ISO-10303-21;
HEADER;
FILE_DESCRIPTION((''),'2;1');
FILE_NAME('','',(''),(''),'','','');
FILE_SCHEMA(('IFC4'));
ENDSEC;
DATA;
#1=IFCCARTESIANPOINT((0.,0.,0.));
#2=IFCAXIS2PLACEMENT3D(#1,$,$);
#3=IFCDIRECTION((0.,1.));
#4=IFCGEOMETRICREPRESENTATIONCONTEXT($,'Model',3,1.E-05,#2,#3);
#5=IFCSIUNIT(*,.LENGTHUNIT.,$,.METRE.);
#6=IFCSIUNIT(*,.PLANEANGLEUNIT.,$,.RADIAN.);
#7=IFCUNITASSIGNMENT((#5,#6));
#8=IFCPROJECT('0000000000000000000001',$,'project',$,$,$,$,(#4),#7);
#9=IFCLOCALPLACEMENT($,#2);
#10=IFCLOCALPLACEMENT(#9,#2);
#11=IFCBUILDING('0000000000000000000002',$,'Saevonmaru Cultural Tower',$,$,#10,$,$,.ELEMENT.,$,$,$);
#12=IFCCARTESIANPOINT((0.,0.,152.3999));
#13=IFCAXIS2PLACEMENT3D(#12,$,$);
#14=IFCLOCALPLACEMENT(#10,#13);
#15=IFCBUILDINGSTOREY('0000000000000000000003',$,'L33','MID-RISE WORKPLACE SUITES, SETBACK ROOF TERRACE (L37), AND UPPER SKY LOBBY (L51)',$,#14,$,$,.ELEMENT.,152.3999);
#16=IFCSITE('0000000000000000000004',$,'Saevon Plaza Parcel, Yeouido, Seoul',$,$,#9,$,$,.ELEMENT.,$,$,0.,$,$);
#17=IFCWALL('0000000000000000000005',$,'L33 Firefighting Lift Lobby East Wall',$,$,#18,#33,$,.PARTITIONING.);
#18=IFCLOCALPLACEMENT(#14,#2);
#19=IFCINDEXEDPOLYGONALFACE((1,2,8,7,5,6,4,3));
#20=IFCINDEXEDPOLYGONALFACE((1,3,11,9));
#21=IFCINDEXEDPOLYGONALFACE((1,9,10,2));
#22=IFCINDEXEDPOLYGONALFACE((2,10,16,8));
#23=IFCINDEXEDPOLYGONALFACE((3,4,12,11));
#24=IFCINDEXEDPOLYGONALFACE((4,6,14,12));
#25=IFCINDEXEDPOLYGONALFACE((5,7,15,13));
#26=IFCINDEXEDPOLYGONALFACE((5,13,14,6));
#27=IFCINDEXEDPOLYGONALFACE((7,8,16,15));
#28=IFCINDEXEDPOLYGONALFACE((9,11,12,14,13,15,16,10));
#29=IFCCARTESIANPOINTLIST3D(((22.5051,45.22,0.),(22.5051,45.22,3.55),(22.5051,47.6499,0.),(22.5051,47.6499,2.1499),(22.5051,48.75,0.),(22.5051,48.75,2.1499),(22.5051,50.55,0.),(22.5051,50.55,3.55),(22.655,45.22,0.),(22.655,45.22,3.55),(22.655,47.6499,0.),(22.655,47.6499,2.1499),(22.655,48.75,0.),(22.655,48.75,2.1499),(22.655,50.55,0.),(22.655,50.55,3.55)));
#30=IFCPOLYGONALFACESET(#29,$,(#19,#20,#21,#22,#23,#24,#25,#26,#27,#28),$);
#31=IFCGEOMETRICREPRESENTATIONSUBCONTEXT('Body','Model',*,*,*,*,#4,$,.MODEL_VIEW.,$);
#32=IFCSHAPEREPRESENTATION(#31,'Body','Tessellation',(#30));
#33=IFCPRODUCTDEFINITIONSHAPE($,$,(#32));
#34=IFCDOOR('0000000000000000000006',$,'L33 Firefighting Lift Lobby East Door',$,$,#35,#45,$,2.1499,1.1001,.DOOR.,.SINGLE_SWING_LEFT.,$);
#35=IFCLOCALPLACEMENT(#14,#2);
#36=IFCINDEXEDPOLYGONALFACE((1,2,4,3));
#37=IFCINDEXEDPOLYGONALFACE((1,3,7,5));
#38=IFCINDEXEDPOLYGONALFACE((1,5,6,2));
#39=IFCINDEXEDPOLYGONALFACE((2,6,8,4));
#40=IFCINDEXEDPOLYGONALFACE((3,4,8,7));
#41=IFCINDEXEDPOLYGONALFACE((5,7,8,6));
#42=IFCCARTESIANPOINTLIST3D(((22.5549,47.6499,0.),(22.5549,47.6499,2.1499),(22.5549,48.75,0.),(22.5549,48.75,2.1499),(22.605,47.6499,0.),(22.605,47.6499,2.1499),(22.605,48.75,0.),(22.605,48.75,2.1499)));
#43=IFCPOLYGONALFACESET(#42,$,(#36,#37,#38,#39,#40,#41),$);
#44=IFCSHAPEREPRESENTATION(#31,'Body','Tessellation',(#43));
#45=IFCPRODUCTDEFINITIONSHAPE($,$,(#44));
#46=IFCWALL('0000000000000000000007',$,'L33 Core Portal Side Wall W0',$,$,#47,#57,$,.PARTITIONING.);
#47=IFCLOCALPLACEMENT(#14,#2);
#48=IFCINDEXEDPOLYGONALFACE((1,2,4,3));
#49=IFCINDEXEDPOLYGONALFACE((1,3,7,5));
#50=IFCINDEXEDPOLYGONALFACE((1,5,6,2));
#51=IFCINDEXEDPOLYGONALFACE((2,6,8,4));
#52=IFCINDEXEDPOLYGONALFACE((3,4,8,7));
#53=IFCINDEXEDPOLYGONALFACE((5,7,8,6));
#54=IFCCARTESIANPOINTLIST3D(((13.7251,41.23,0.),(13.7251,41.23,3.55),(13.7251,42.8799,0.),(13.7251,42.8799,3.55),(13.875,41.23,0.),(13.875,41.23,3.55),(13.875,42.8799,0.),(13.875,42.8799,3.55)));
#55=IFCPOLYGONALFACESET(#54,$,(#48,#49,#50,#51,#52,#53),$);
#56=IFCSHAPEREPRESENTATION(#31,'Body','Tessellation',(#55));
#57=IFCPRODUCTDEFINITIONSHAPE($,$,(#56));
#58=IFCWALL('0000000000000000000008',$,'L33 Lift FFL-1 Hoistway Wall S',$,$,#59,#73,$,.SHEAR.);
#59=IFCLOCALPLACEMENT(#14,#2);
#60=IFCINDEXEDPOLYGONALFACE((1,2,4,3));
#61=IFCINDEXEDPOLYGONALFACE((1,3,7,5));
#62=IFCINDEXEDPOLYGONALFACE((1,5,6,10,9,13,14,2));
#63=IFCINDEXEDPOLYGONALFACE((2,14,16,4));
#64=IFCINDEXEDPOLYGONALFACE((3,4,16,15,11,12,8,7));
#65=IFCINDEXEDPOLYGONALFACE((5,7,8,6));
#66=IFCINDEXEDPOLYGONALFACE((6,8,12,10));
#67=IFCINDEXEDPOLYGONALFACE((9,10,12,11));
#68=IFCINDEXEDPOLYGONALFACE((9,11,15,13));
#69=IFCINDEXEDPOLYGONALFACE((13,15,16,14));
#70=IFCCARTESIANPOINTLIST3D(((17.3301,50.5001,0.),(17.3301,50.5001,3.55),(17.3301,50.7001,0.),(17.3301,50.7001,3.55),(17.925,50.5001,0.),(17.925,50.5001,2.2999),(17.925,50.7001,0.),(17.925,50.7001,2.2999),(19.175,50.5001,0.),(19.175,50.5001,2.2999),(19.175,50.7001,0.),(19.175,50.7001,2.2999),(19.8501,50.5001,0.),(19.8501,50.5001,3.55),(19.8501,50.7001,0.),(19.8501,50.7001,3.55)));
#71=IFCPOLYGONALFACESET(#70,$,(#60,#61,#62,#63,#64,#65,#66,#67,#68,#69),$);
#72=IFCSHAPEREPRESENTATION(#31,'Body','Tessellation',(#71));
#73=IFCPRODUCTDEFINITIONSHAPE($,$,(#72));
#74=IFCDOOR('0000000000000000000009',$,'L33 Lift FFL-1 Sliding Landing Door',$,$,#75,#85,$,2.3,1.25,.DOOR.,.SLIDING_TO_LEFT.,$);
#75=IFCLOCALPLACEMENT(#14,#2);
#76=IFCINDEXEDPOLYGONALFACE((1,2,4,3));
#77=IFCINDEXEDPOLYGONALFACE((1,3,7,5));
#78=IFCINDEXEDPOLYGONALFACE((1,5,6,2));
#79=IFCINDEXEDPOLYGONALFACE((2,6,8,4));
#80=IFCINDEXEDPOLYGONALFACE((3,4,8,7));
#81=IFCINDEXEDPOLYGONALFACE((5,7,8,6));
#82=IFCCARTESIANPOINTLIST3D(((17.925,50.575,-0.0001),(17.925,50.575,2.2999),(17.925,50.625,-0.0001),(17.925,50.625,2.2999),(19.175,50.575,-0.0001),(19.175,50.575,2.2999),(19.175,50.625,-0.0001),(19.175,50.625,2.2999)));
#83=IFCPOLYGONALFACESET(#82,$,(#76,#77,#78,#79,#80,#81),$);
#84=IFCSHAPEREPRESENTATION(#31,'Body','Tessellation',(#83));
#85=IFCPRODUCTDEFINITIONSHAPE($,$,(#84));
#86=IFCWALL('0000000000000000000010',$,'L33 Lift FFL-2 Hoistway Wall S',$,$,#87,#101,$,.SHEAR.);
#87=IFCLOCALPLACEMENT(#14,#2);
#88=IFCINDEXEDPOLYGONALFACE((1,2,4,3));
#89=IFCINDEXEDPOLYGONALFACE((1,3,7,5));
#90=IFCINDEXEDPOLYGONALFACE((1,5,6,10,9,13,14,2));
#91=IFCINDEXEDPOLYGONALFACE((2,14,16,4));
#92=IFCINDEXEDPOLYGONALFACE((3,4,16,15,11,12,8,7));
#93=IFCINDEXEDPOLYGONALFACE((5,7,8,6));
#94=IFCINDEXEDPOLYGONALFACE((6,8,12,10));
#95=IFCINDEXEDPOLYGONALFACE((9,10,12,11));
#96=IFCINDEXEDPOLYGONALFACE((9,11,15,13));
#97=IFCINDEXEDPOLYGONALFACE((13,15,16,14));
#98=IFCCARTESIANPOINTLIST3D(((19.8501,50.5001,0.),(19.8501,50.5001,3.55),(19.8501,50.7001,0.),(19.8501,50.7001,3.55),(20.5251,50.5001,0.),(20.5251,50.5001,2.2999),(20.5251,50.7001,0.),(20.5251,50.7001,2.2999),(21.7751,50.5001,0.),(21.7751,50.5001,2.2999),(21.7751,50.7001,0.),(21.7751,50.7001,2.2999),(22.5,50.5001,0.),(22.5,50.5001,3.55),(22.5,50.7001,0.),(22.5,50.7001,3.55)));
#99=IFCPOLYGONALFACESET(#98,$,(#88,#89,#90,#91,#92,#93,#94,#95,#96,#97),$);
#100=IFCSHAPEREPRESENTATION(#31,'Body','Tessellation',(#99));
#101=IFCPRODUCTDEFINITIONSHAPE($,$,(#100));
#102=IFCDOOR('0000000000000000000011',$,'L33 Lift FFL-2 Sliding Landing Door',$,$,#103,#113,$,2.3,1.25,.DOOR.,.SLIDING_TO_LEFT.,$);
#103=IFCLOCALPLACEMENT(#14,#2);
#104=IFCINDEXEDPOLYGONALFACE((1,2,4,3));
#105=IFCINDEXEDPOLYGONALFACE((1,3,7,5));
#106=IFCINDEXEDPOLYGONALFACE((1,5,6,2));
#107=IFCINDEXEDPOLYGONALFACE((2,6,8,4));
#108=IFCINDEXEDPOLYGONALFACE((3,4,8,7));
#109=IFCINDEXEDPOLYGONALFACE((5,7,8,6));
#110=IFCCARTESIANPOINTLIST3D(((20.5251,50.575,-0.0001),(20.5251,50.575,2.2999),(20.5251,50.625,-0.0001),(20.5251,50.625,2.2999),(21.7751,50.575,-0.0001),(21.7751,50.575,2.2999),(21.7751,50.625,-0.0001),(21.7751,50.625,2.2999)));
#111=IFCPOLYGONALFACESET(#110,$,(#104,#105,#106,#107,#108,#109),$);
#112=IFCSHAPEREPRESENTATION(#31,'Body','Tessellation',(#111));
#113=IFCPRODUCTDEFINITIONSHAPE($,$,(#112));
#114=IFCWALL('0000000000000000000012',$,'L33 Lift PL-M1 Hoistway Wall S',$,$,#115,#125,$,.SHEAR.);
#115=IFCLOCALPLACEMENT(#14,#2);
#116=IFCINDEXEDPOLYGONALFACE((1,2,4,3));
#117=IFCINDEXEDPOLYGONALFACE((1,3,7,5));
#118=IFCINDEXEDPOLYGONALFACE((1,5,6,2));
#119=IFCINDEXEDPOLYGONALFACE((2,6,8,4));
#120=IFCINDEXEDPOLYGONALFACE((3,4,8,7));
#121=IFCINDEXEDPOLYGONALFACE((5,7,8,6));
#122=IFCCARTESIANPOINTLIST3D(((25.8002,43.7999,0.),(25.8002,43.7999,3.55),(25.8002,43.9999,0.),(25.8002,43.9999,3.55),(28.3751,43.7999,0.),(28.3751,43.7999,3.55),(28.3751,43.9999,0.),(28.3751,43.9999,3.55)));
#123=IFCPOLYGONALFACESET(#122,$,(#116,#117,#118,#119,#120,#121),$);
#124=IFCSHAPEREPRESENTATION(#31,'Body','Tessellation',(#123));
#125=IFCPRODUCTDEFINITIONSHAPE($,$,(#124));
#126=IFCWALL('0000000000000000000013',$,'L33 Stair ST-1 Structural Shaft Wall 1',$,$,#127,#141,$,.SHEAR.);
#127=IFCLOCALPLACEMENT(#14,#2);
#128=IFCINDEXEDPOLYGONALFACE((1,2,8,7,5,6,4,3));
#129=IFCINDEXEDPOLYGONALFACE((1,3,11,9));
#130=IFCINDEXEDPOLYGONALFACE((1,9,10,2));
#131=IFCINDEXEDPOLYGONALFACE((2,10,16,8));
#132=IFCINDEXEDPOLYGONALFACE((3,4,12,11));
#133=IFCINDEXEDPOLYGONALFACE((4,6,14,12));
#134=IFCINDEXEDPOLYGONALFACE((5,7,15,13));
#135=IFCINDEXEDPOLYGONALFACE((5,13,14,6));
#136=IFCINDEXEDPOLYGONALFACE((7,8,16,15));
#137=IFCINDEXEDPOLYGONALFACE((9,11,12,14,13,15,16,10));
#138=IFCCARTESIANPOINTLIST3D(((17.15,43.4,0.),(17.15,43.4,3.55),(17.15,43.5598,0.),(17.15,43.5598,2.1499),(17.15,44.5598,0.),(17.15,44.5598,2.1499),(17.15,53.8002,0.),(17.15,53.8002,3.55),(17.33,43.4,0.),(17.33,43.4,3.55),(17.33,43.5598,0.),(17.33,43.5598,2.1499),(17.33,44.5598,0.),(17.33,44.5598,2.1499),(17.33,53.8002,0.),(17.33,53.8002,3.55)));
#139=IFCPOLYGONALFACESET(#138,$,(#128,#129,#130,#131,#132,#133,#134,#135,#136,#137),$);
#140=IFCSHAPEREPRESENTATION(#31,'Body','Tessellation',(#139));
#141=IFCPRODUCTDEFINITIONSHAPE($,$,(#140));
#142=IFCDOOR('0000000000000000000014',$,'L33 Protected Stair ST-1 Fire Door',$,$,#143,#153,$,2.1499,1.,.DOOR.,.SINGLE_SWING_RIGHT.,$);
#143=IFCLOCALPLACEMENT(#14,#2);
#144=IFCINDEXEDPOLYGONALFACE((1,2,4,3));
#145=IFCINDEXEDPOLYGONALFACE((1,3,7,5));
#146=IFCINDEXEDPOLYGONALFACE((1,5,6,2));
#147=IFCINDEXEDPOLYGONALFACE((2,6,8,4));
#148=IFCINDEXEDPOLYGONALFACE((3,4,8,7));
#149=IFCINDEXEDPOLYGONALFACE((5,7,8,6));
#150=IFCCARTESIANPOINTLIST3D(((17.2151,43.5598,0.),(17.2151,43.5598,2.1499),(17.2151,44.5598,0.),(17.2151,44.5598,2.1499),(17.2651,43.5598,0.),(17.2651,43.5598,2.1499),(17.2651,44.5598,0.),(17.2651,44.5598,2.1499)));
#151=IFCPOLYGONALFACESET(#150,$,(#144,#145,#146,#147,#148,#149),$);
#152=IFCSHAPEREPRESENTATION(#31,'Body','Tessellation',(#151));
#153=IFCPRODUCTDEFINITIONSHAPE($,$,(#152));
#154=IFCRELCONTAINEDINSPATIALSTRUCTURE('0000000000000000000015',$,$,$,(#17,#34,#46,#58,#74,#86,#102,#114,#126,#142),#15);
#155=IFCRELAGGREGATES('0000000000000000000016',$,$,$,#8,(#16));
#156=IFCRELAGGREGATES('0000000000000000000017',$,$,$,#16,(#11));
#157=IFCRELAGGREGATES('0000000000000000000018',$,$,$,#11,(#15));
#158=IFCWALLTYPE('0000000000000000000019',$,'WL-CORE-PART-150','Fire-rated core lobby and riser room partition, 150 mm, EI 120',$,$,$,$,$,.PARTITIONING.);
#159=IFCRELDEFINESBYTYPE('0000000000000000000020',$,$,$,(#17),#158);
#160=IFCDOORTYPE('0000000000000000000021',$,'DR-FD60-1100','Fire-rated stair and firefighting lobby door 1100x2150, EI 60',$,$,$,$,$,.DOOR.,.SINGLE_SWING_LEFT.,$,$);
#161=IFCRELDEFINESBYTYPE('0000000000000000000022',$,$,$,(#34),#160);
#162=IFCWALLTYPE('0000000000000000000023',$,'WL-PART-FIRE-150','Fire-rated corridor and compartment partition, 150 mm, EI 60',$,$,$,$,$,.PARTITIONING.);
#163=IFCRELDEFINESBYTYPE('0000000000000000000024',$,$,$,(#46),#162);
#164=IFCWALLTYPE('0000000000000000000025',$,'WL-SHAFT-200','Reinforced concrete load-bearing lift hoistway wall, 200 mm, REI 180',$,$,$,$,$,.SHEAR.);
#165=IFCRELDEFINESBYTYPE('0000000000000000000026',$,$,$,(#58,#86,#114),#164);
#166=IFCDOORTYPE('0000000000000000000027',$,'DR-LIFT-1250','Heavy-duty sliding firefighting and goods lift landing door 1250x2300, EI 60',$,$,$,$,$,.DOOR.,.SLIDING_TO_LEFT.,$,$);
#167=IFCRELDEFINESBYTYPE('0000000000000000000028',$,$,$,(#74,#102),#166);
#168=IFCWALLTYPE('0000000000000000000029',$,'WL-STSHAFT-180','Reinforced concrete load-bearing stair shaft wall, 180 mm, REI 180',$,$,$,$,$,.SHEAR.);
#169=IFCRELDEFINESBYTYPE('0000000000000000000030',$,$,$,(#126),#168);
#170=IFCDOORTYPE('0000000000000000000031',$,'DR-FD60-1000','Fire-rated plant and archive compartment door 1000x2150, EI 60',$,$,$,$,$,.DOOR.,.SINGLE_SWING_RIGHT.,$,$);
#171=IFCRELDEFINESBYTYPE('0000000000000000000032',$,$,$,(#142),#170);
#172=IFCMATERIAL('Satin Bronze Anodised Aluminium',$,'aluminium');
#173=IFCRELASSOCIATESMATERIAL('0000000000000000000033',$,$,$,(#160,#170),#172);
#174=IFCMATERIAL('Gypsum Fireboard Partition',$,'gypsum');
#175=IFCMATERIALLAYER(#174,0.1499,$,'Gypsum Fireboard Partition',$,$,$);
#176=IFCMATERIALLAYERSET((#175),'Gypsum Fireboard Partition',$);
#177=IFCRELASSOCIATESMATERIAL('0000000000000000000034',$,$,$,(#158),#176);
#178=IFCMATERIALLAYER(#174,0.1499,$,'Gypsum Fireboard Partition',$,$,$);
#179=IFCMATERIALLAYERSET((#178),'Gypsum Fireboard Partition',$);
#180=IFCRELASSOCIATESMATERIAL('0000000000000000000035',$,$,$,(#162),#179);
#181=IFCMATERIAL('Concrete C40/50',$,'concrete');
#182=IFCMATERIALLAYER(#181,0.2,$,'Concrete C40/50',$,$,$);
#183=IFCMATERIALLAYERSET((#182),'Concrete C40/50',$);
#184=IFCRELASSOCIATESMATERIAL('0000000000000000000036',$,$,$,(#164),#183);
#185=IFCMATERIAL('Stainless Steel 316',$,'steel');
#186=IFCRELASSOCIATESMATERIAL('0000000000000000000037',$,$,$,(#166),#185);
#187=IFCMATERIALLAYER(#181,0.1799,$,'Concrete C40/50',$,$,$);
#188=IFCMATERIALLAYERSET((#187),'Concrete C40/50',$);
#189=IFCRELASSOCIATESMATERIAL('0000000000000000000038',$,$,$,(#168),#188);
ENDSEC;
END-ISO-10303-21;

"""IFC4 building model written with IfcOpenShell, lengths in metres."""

from ifc_helpers import new_model, si_unit, direction, frame, frame_2d, origin, place, context, subcontext, project, spatial, rectangle, extrude, material, layer, layer_set, type_object, element, fill, save


model = new_model("IFC4")

# Units and contexts
model_context = context("Model", 3, precision=1e-05, world=origin(), true_north=direction((0.0, 1.0)))
body_context = subcontext(model_context, "Body", "Model", "MODEL_VIEW")
ifc_project = project(units=[si_unit("LENGTHUNIT", "METRE"), si_unit("PLANEANGLEUNIT", "RADIAN")], contexts=[model_context])

# Site, building, storey
site_placement = place(None, origin())
site = spatial("IfcSite", under=ifc_project, at=site_placement, Name="Saevon Plaza Parcel, Yeouido, Seoul", CompositionType="ELEMENT", RefElevation=0.0)
building_placement = place(site_placement, origin())
building = spatial("IfcBuilding", under=site, at=building_placement, Name="Saevonmaru Cultural Tower", CompositionType="ELEMENT")
storey_placement = place(building_placement, frame((0.0, 0.0, 152.3999)))
storey = spatial("IfcBuildingStorey", under=building, at=storey_placement, Name="L33", Description="MID-RISE WORKPLACE SUITES, SETBACK ROOF TERRACE (L37), AND UPPER SKY LOBBY (L51)", CompositionType="ELEMENT", Elevation=152.3999)

# Shared definitions
ifc_material_1 = material(Name="Satin Bronze Anodised Aluminium", Category="aluminium")
door_type_1 = type_object("IfcDoorType", Name="DR-FD60-1100", Description="Fire-rated stair and firefighting lobby door 1100x2150, EI 60", OperationType="SINGLE_SWING_LEFT", PredefinedType="DOOR", material=ifc_material_1)

# Wall, opening, door
ifc_material_2 = material(Name="Gypsum Fireboard Partition", Category="gypsum")
ifc_layer_1 = layer(ifc_material_2, 0.1499, Name="Gypsum Fireboard Partition")
ifc_layer_set_1 = layer_set([ifc_layer_1], Name="Gypsum Fireboard Partition")
wall_type_1 = type_object("IfcWallType", Name="WL-CORE-PART-150", Description="Fire-rated core lobby and riser room partition, 150 mm, EI 120", PredefinedType="PARTITIONING", material=ifc_layer_set_1)
wall_1_placement = place(storey_placement, frame((22.5801, 50.55, 0.0), z_axis=(0.0, 0.0, 1.0), x_axis=(0.0, -1.0, 0.0)))
wall_1 = element("IfcWall", 1, at=wall_1_placement, inside=storey, type_object=wall_type_1, Name="L33 Firefighting Lift Lobby East Wall", PredefinedType="PARTITIONING", context=body_context, shape_type="SweptSolid", body=[
    extrude(rectangle(XDim=5.3301, YDim=0.1499, at=frame_2d((2.665, 0.0))), origin(), (0.0, 0.0, 1.0), 3.55),
])
opening_1_placement = place(wall_1_placement, frame((1.8, 0.0, 0.0)))
opening_1 = element("IfcOpeningElement", 2, at=opening_1_placement, cuts=wall_1, PredefinedType="OPENING", context=body_context, shape_type="SweptSolid", body=[
    extrude(rectangle(XDim=1.1001, YDim=2.1499, at=frame_2d((0.55, 1.075))), frame((0.0, 0.085, 0.0), z_axis=(0.0, -1.0, 0.0), x_axis=(1.0, 0.0, 0.0)), (0.0, 0.0, 1.0), 0.1699),
])
door_1_placement = place(opening_1_placement, origin())
door_1 = element("IfcDoor", 3, at=door_1_placement, inside=storey, type_object=door_type_1, Name="L33 Firefighting Lift Lobby East Door", OperationType="SINGLE_SWING_LEFT", OverallHeight=2.1499, OverallWidth=1.1001, PredefinedType="DOOR", context=body_context, shape_type="SweptSolid", body=[
    extrude(rectangle(XDim=1.1001, YDim=2.1499, at=frame_2d((0.55, 1.075))), frame((0.0, 0.0249, 0.0), z_axis=(0.0, -1.0, 0.0), x_axis=(1.0, 0.0, 0.0)), (0.0, 0.0, 1.0), 0.05),
])
fill(opening_1, door_1)

# Wall
ifc_layer_2 = layer(ifc_material_2, 0.1499, Name="Gypsum Fireboard Partition")
ifc_layer_set_2 = layer_set([ifc_layer_2], Name="Gypsum Fireboard Partition")
wall_type_2 = type_object("IfcWallType", Name="WL-PART-FIRE-150", Description="Fire-rated corridor and compartment partition, 150 mm, EI 60", PredefinedType="PARTITIONING", material=ifc_layer_set_2)
wall_2_placement = place(storey_placement, frame((13.8, 41.23, 0.0), z_axis=(0.0, 0.0, 1.0), x_axis=(0.0, 1.0, 0.0)))
element("IfcWall", 4, at=wall_2_placement, inside=storey, type_object=wall_type_2, Name="L33 Core Portal Side Wall W0", PredefinedType="PARTITIONING", context=body_context, shape_type="SweptSolid", body=[
    extrude(rectangle(XDim=1.6499, YDim=0.1499, at=frame_2d((0.825, 0.0))), origin(), (0.0, 0.0, 1.0), 3.55),
])

# Walls, openings, doors
ifc_material_3 = material(Name="Concrete C40/50", Category="concrete")
ifc_layer_3 = layer(ifc_material_3, 0.2, Name="Concrete C40/50")
ifc_layer_set_3 = layer_set([ifc_layer_3], Name="Concrete C40/50")
wall_type_3 = type_object("IfcWallType", Name="WL-SHAFT-200", Description="Reinforced concrete load-bearing lift hoistway wall, 200 mm, REI 180", PredefinedType="SHEAR", material=ifc_layer_set_3)
wall_3_placement = place(storey_placement, frame((17.3301, 50.6001, 0.0), z_axis=(0.0, 0.0, 1.0), x_axis=(1.0, 0.0, 0.0)))
wall_3 = element("IfcWall", 5, at=wall_3_placement, inside=storey, type_object=wall_type_3, Name="L33 Lift FFL-1 Hoistway Wall S", PredefinedType="SHEAR", context=body_context, shape_type="SweptSolid", body=[
    extrude(rectangle(XDim=2.52, YDim=0.2, at=frame_2d((1.26, 0.0))), origin(), (0.0, 0.0, 1.0), 3.55),
])
opening_2_placement = place(wall_3_placement, frame((0.595, 0.0, 0.0)))
opening_2 = element("IfcOpeningElement", 6, at=opening_2_placement, cuts=wall_3, PredefinedType="OPENING", context=body_context, shape_type="SweptSolid", body=[
    extrude(rectangle(XDim=1.25, YDim=2.3, at=frame_2d((0.625, 1.1499))), frame((0.0, 0.1099, 0.0), z_axis=(0.0, -1.0, 0.0), x_axis=(1.0, 0.0, 0.0)), (0.0, 0.0, 1.0), 0.22),
])
ifc_material_4 = material(Name="Stainless Steel 316", Category="steel")
door_type_2 = type_object("IfcDoorType", Name="DR-LIFT-1250", Description="Heavy-duty sliding firefighting and goods lift landing door 1250x2300, EI 60", OperationType="SLIDING_TO_LEFT", PredefinedType="DOOR", material=ifc_material_4)
door_2_placement = place(opening_2_placement, origin())
door_2 = element("IfcDoor", 7, at=door_2_placement, inside=storey, type_object=door_type_2, Name="L33 Lift FFL-1 Sliding Landing Door", OperationType="SLIDING_TO_LEFT", OverallHeight=2.3, OverallWidth=1.25, PredefinedType="DOOR", context=body_context, shape_type="SweptSolid", body=[
    extrude(rectangle(XDim=1.25, YDim=2.3, at=frame_2d((0.625, 1.1499))), frame((0.0, 0.0249, 0.0), z_axis=(0.0, -1.0, 0.0), x_axis=(1.0, 0.0, 0.0)), (0.0, 0.0, 1.0), 0.05),
])
fill(opening_2, door_2)
wall_4_placement = place(storey_placement, frame((19.8501, 50.6001, 0.0), z_axis=(0.0, 0.0, 1.0), x_axis=(1.0, 0.0, 0.0)))
wall_4 = element("IfcWall", 8, at=wall_4_placement, inside=storey, type_object=wall_type_3, Name="L33 Lift FFL-2 Hoistway Wall S", PredefinedType="SHEAR", context=body_context, shape_type="SweptSolid", body=[
    extrude(rectangle(XDim=2.6499, YDim=0.2, at=frame_2d((1.325, 0.0))), origin(), (0.0, 0.0, 1.0), 3.55),
])
opening_3_placement = place(wall_4_placement, frame((0.675, 0.0, 0.0)))
opening_3 = element("IfcOpeningElement", 9, at=opening_3_placement, cuts=wall_4, PredefinedType="OPENING", context=body_context, shape_type="SweptSolid", body=[
    extrude(rectangle(XDim=1.25, YDim=2.3, at=frame_2d((0.625, 1.1499))), frame((0.0, 0.1099, 0.0), z_axis=(0.0, -1.0, 0.0), x_axis=(1.0, 0.0, 0.0)), (0.0, 0.0, 1.0), 0.22),
])
door_3_placement = place(opening_3_placement, origin())
door_3 = element("IfcDoor", 10, at=door_3_placement, inside=storey, type_object=door_type_2, Name="L33 Lift FFL-2 Sliding Landing Door", OperationType="SLIDING_TO_LEFT", OverallHeight=2.3, OverallWidth=1.25, PredefinedType="DOOR", context=body_context, shape_type="SweptSolid", body=[
    extrude(rectangle(XDim=1.25, YDim=2.3, at=frame_2d((0.625, 1.1499))), frame((0.0, 0.0249, 0.0), z_axis=(0.0, -1.0, 0.0), x_axis=(1.0, 0.0, 0.0)), (0.0, 0.0, 1.0), 0.05),
])
fill(opening_3, door_3)

# Wall
wall_5_placement = place(storey_placement, frame((25.8, 43.8999, 0.0), z_axis=(0.0, 0.0, 1.0), x_axis=(1.0, 0.0, 0.0)))
element("IfcWall", 11, at=wall_5_placement, inside=storey, type_object=wall_type_3, Name="L33 Lift PL-M1 Hoistway Wall S", PredefinedType="SHEAR", context=body_context, shape_type="SweptSolid", body=[
    extrude(rectangle(XDim=2.575, YDim=0.2, at=frame_2d((1.2876, 0.0))), origin(), (0.0, 0.0, 1.0), 3.55),
])

# Wall, opening, door
ifc_layer_4 = layer(ifc_material_3, 0.1799, Name="Concrete C40/50")
ifc_layer_set_4 = layer_set([ifc_layer_4], Name="Concrete C40/50")
wall_type_4 = type_object("IfcWallType", Name="WL-STSHAFT-180", Description="Reinforced concrete load-bearing stair shaft wall, 180 mm, REI 180", PredefinedType="SHEAR", material=ifc_layer_set_4)
wall_6_placement = place(storey_placement, frame((17.24, 43.3999, 0.0), z_axis=(0.0, 0.0, 1.0), x_axis=(0.0, 1.0, 0.0)))
wall_6 = element("IfcWall", 12, at=wall_6_placement, inside=storey, type_object=wall_type_4, Name="L33 Stair ST-1 Structural Shaft Wall 1", PredefinedType="SHEAR", context=body_context, shape_type="SweptSolid", body=[
    extrude(rectangle(XDim=10.4001, YDim=0.1799, at=frame_2d((5.2002, 0.0))), origin(), (0.0, 0.0, 1.0), 3.55),
])
opening_4_placement = place(wall_6_placement, frame((0.1599, 0.0, 0.0)))
opening_4 = element("IfcOpeningElement", 13, at=opening_4_placement, cuts=wall_6, PredefinedType="OPENING", context=body_context, shape_type="SweptSolid", body=[
    extrude(rectangle(XDim=1.0, YDim=2.1499, at=frame_2d((0.5, 1.075))), frame((0.0, 0.1001, 0.0), z_axis=(0.0, -1.0, 0.0), x_axis=(1.0, 0.0, 0.0)), (0.0, 0.0, 1.0), 0.2),
])
door_type_3 = type_object("IfcDoorType", Name="DR-FD60-1000", Description="Fire-rated plant and archive compartment door 1000x2150, EI 60", OperationType="SINGLE_SWING_RIGHT", PredefinedType="DOOR", material=ifc_material_1)
door_4_placement = place(opening_4_placement, origin())
door_4 = element("IfcDoor", 14, at=door_4_placement, inside=storey, type_object=door_type_3, Name="L33 Protected Stair ST-1 Fire Door", OperationType="SINGLE_SWING_RIGHT", OverallHeight=2.1499, OverallWidth=1.0, PredefinedType="DOOR", context=body_context, shape_type="SweptSolid", body=[
    extrude(rectangle(XDim=1.0, YDim=2.1499, at=frame_2d((0.5, 1.075))), frame((0.0, 0.0249, 0.0), z_axis=(0.0, -1.0, 0.0), x_axis=(1.0, 0.0, 0.0)), (0.0, 0.0, 1.0), 0.05),
])
fill(opening_4, door_4)

save(model, "model.ifc")
